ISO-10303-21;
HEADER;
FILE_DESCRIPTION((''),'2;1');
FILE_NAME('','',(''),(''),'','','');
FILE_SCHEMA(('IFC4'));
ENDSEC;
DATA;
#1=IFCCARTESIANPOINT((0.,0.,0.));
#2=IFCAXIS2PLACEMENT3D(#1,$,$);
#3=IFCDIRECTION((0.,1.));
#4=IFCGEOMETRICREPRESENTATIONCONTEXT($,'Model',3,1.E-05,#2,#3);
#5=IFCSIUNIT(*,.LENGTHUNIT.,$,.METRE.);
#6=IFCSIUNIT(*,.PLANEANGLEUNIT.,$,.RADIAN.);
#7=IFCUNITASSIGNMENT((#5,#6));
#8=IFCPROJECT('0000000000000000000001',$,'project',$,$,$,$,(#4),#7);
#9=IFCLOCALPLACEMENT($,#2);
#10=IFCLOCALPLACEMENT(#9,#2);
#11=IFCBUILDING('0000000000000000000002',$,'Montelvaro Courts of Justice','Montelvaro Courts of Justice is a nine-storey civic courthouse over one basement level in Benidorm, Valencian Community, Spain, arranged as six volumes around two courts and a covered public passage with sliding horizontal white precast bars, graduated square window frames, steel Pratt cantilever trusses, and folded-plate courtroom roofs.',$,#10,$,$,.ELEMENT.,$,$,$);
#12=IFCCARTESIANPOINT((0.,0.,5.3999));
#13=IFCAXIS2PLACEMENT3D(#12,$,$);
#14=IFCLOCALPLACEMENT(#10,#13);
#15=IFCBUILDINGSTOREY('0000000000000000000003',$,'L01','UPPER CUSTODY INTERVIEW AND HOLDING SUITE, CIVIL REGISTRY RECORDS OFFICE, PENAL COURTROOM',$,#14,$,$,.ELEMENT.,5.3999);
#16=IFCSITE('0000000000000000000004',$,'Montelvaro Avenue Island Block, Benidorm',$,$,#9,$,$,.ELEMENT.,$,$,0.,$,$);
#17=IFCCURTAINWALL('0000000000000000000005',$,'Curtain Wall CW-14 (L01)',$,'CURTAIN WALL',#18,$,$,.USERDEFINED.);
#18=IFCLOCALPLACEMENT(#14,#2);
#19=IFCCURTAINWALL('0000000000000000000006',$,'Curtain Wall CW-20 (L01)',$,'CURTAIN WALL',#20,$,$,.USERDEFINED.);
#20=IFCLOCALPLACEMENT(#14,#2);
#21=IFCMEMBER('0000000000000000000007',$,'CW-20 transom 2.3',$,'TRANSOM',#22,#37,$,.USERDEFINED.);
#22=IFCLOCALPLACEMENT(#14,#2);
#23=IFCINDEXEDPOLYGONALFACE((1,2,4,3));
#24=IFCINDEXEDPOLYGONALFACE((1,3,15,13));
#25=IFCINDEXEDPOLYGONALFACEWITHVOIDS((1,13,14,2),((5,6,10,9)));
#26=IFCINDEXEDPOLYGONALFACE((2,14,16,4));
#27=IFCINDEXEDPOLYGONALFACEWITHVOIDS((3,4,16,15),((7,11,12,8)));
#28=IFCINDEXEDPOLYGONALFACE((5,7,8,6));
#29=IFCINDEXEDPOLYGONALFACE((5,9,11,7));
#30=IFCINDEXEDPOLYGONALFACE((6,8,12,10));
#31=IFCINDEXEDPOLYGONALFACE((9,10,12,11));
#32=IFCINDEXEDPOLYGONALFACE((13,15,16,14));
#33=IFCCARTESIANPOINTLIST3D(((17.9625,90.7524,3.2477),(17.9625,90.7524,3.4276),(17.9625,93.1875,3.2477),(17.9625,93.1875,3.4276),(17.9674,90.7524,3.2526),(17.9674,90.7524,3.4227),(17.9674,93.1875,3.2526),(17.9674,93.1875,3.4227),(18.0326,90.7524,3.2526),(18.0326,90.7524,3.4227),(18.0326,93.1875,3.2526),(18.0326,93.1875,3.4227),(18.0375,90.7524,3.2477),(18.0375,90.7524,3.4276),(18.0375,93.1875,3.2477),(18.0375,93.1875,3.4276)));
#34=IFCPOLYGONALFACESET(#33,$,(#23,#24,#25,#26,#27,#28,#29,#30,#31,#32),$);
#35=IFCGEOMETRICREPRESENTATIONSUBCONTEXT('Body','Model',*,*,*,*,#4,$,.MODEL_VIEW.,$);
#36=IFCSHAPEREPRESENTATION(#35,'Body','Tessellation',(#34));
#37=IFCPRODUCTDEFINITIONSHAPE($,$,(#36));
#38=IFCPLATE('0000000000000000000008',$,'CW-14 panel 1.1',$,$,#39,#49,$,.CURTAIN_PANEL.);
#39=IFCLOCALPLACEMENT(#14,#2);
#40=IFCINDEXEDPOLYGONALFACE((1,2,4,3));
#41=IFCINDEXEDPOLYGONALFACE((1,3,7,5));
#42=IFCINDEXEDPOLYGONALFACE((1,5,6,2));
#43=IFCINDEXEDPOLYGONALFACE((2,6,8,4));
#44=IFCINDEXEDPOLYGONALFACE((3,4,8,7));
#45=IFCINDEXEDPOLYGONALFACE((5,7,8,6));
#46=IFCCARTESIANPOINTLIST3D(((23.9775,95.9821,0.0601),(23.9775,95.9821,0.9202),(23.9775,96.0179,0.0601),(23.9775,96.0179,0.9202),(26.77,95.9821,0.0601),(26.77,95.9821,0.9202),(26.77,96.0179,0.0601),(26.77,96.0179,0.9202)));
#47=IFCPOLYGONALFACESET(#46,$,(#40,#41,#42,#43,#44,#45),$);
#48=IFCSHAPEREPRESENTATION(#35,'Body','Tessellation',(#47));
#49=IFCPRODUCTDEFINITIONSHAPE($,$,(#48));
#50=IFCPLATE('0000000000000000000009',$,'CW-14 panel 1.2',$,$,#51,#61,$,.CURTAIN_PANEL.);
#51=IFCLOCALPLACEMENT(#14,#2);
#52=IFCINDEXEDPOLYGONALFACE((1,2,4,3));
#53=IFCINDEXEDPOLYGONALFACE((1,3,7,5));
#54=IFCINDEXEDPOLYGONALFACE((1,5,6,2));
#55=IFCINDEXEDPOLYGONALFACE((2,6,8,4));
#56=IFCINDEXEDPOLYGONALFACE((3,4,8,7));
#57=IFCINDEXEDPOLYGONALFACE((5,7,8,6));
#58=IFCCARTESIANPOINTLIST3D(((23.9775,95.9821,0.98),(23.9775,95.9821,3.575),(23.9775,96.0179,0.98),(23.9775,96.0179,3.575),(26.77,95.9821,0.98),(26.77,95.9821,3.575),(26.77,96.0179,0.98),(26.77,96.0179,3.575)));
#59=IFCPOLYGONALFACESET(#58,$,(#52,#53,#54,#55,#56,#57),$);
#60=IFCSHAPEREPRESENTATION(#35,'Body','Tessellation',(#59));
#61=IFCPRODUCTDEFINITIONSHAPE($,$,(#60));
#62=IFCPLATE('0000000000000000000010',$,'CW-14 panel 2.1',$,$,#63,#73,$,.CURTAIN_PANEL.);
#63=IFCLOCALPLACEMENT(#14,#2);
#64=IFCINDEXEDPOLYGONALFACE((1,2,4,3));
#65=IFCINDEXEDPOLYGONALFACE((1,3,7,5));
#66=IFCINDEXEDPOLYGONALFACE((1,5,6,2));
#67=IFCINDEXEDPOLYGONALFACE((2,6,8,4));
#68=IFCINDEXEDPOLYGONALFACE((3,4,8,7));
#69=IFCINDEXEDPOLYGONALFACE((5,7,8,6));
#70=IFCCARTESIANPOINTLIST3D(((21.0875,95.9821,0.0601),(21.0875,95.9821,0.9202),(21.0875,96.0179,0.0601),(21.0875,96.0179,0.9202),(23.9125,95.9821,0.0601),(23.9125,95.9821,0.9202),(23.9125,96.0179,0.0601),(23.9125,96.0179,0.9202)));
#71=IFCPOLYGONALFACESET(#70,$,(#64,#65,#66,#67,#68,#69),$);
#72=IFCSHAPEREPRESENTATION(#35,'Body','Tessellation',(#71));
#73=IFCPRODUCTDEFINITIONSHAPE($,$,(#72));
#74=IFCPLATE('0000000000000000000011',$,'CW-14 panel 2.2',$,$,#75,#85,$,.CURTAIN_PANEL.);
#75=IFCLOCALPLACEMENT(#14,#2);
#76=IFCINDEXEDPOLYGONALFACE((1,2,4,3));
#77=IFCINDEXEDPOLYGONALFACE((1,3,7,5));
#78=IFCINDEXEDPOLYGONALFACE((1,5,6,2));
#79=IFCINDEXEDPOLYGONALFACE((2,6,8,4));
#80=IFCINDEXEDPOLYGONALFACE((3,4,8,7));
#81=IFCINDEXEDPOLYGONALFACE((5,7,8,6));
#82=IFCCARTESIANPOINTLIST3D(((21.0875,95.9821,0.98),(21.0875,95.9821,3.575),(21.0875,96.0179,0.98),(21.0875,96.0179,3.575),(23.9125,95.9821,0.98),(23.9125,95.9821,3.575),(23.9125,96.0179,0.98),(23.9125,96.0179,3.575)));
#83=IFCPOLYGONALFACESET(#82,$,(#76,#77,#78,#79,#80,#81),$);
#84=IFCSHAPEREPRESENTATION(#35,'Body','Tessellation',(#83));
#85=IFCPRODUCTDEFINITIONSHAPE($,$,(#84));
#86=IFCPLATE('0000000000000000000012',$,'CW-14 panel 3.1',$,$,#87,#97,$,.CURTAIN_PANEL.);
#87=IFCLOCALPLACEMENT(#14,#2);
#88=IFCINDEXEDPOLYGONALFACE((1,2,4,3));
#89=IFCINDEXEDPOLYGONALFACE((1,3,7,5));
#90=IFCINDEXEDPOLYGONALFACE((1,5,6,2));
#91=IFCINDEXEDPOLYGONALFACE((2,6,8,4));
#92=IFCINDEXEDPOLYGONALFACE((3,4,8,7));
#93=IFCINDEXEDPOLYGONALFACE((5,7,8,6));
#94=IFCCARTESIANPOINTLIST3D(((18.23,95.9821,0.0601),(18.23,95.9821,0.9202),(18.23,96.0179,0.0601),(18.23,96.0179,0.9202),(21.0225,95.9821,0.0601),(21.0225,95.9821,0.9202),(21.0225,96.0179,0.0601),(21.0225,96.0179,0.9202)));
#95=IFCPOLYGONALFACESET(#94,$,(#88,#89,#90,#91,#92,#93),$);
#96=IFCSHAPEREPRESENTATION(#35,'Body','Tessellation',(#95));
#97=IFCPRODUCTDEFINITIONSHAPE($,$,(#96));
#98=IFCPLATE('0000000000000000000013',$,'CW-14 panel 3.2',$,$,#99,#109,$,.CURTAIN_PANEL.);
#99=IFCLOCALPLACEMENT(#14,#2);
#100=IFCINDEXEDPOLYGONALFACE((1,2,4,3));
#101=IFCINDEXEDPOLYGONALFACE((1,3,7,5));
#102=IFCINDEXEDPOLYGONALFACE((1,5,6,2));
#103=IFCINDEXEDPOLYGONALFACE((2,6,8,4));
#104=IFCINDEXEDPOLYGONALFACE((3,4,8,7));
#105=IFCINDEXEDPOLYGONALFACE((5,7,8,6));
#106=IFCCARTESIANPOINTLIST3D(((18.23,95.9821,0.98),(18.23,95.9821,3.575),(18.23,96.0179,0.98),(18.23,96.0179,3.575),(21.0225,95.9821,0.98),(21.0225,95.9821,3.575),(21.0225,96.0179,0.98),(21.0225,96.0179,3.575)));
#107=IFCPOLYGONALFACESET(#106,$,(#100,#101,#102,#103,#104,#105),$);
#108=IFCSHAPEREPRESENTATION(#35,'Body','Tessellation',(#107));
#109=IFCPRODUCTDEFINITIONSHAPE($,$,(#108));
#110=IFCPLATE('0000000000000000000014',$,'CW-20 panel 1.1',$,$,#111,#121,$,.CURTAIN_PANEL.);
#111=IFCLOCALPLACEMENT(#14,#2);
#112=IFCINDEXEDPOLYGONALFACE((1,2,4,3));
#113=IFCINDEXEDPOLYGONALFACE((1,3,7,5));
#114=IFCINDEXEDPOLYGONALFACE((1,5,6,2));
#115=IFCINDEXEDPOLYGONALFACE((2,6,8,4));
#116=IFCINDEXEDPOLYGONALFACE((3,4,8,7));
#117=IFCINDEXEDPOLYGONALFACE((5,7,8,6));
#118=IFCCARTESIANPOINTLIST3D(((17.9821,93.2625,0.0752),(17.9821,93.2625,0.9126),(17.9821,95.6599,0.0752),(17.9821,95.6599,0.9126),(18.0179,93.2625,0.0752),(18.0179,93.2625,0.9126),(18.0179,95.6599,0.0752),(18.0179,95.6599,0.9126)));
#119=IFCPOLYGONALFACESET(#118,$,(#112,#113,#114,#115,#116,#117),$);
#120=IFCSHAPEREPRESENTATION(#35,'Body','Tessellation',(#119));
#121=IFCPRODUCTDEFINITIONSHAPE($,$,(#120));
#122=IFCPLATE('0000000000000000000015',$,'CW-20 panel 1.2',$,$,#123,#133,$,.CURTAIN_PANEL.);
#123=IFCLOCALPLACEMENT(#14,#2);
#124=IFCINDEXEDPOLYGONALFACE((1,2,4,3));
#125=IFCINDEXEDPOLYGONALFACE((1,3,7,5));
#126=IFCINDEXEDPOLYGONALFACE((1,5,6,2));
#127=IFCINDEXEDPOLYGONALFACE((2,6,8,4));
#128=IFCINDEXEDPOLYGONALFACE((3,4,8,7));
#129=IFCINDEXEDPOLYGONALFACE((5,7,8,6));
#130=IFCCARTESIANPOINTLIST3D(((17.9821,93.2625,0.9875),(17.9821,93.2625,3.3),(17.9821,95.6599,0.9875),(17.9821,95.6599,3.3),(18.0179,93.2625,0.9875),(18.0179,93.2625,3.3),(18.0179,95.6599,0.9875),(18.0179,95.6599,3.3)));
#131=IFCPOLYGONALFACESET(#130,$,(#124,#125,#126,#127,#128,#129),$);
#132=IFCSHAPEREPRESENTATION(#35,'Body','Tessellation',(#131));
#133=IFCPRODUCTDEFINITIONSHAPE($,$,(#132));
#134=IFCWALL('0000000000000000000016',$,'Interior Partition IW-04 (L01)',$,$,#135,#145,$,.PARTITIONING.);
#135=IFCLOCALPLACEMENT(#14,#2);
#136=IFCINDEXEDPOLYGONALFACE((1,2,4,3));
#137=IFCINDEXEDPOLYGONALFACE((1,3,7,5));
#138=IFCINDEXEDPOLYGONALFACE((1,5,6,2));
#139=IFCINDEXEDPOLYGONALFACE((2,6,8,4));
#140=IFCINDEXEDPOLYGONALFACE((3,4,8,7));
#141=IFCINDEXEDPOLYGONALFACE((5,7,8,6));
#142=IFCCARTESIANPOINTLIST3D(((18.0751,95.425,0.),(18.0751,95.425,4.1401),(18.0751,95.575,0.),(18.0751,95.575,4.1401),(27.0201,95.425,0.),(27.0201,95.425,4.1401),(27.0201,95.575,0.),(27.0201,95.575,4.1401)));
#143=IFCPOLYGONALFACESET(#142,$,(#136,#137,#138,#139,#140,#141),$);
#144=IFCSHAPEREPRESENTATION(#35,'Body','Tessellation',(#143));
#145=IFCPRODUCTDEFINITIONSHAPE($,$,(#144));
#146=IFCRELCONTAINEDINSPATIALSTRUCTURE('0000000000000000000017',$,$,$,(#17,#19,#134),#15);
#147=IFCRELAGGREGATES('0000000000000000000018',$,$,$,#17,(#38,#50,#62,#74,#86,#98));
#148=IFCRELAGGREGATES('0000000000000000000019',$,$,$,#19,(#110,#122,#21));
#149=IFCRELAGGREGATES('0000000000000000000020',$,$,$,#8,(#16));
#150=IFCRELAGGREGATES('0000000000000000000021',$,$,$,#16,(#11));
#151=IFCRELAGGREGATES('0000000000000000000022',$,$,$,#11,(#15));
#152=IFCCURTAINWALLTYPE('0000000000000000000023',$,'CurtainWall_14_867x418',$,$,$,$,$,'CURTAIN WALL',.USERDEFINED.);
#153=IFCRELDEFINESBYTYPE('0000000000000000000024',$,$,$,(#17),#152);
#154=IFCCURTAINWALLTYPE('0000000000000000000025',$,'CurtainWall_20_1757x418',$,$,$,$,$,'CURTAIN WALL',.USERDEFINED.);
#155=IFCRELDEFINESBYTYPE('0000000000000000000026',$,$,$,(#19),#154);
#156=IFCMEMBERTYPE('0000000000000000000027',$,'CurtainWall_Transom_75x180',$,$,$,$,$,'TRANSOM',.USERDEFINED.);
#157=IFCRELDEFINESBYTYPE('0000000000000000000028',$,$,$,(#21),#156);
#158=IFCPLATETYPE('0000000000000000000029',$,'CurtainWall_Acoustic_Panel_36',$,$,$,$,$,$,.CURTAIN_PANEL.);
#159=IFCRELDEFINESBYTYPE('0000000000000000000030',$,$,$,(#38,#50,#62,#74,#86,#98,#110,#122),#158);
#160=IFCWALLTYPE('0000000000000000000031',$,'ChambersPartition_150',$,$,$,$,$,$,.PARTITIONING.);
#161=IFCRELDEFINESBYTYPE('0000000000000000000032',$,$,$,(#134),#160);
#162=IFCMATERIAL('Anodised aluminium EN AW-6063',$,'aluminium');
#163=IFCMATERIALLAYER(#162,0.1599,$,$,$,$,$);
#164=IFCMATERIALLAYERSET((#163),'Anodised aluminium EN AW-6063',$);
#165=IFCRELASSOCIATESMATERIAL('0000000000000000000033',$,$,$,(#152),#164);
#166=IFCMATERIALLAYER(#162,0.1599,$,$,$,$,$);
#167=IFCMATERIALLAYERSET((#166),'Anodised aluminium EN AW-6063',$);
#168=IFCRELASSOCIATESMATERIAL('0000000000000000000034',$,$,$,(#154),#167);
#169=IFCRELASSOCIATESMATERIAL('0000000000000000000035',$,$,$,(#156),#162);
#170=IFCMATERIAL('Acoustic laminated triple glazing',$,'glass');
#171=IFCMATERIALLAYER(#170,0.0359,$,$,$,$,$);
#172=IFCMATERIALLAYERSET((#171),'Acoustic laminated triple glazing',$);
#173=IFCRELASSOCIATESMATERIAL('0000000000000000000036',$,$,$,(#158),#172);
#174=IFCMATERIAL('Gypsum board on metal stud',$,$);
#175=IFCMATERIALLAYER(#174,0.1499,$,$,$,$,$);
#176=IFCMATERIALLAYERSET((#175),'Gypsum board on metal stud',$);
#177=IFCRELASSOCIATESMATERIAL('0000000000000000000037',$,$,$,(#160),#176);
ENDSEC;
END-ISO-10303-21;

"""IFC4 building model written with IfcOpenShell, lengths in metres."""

from ifc_helpers import new_model, si_unit, direction, frame, frame_2d, origin, origin_2d, place, context, subcontext, project, spatial, rectangle, hollow_rectangle, extrude, material, layer, layer_set, material_profile, profile_set, type_object, element, aggregate, save


model = new_model("IFC4")

# Units and contexts
model_context = context("Model", 3, precision=1e-05, world=origin(), true_north=direction((0.0, 1.0)))
body_context = subcontext(model_context, "Body", "Model", "MODEL_VIEW")
ifc_project = project(units=[si_unit("LENGTHUNIT", "METRE"), si_unit("PLANEANGLEUNIT", "RADIAN")], contexts=[model_context])

# Site, building, storey
site_placement = place(None, origin())
site = spatial("IfcSite", under=ifc_project, at=site_placement, Name="Montelvaro Avenue Island Block, Benidorm", CompositionType="ELEMENT", RefElevation=0.0)
building_placement = place(site_placement, origin())
building = spatial("IfcBuilding", under=site, at=building_placement, Name="Montelvaro Courts of Justice", Description="Montelvaro Courts of Justice is a nine-storey civic courthouse over one basement level in Benidorm, Valencian Community, Spain, arranged as six volumes around two courts and a covered public passage with sliding horizontal white precast bars, graduated square window frames, steel Pratt cantilever trusses, and folded-plate courtroom roofs.", CompositionType="ELEMENT")
storey_placement = place(building_placement, frame((0.0, 0.0, 5.3999)))
storey = spatial("IfcBuildingStorey", under=building, at=storey_placement, Name="L01", Description="UPPER CUSTODY INTERVIEW AND HOLDING SUITE, CIVIL REGISTRY RECORDS OFFICE, PENAL COURTROOM", CompositionType="ELEMENT", Elevation=5.3999)

# Curtain walls
ifc_material_1 = material(Name="Anodised aluminium EN AW-6063", Category="aluminium")
ifc_layer_1 = layer(ifc_material_1, 0.1599)
ifc_layer_set_1 = layer_set([ifc_layer_1], Name="Anodised aluminium EN AW-6063")
curtain_wall_type_1 = type_object("IfcCurtainWallType", Name="CurtainWall_14_867x418", ElementType="CURTAIN WALL", PredefinedType="USERDEFINED", material=ifc_layer_set_1)
curtain_wall_1_placement = place(storey_placement, origin())
curtain_wall_1 = element("IfcCurtainWall", 1, at=curtain_wall_1_placement, inside=storey, type_object=curtain_wall_type_1, Name="Curtain Wall CW-14 (L01)", ObjectType="CURTAIN WALL", PredefinedType="USERDEFINED")
ifc_layer_2 = layer(ifc_material_1, 0.1599)
ifc_layer_set_2 = layer_set([ifc_layer_2], Name="Anodised aluminium EN AW-6063")
curtain_wall_type_2 = type_object("IfcCurtainWallType", Name="CurtainWall_20_1757x418", ElementType="CURTAIN WALL", PredefinedType="USERDEFINED", material=ifc_layer_set_2)
curtain_wall_2_placement = place(storey_placement, origin())
curtain_wall_2 = element("IfcCurtainWall", 2, at=curtain_wall_2_placement, inside=storey, type_object=curtain_wall_type_2, Name="Curtain Wall CW-20 (L01)", ObjectType="CURTAIN WALL", PredefinedType="USERDEFINED")

# Member
ifc_material_profile_1 = material_profile(ifc_material_1, hollow_rectangle(XDim=0.075, YDim=0.1799, WallThickness=0.0049, at=origin_2d()), Name="ALU-T 75x180")
ifc_profile_set_1 = profile_set([ifc_material_profile_1], Name="Anodised aluminium EN AW-6063")
member_type_1 = type_object("IfcMemberType", Name="CurtainWall_Transom_75x180", ElementType="TRANSOM", PredefinedType="USERDEFINED", material=ifc_profile_set_1)
member_1_placement = place(storey_placement, frame((18.0, 93.1875, 3.3376), z_axis=(0.0, -1.0, 0.0), x_axis=(1.0, 0.0, 0.0)))
member_1 = element("IfcMember", 3, at=member_1_placement, type_object=member_type_1, Name="CW-20 transom 2.3", ObjectType="TRANSOM", PredefinedType="USERDEFINED", context=body_context, shape_type="SweptSolid", body=[
    extrude(hollow_rectangle(XDim=0.075, YDim=0.1799, WallThickness=0.0049, at=origin_2d()), origin(), (0.0, 0.0, 1.0), 2.4351),
])

# Plates
ifc_material_2 = material(Name="Acoustic laminated triple glazing", Category="glass")
ifc_layer_3 = layer(ifc_material_2, 0.0359)
ifc_layer_set_3 = layer_set([ifc_layer_3], Name="Acoustic laminated triple glazing")
plate_type = type_object("IfcPlateType", Name="CurtainWall_Acoustic_Panel_36", PredefinedType="CURTAIN_PANEL", material=ifc_layer_set_3)
plate_1_placement = place(storey_placement, frame((25.3738, 96.0, 0.0601), z_axis=(0.0, 0.0, 1.0), x_axis=(-1.0, 0.0, 0.0)))
plate_1 = element("IfcPlate", 4, at=plate_1_placement, type_object=plate_type, Name="CW-14 panel 1.1", PredefinedType="CURTAIN_PANEL", context=body_context, shape_type="SweptSolid", body=[
    extrude(rectangle(XDim=2.7925, YDim=0.0359, at=origin_2d()), origin(), (0.0, 0.0, 1.0), 0.8601),
])
plate_2_placement = place(storey_placement, frame((25.3738, 96.0, 0.98), z_axis=(0.0, 0.0, 1.0), x_axis=(-1.0, 0.0, 0.0)))
plate_2 = element("IfcPlate", 5, at=plate_2_placement, type_object=plate_type, Name="CW-14 panel 1.2", PredefinedType="CURTAIN_PANEL", context=body_context, shape_type="SweptSolid", body=[
    extrude(rectangle(XDim=2.7925, YDim=0.0359, at=origin_2d()), origin(), (0.0, 0.0, 1.0), 2.595),
])
plate_3_placement = place(storey_placement, frame((22.5, 96.0, 0.0601), z_axis=(0.0, 0.0, 1.0), x_axis=(-1.0, 0.0, 0.0)))
plate_3 = element("IfcPlate", 6, at=plate_3_placement, type_object=plate_type, Name="CW-14 panel 2.1", PredefinedType="CURTAIN_PANEL", context=body_context, shape_type="SweptSolid", body=[
    extrude(rectangle(XDim=2.825, YDim=0.0359, at=origin_2d()), origin(), (0.0, 0.0, 1.0), 0.8601),
])
plate_4_placement = place(storey_placement, frame((22.5, 96.0, 0.98), z_axis=(0.0, 0.0, 1.0), x_axis=(-1.0, 0.0, 0.0)))
plate_4 = element("IfcPlate", 7, at=plate_4_placement, type_object=plate_type, Name="CW-14 panel 2.2", PredefinedType="CURTAIN_PANEL", context=body_context, shape_type="SweptSolid", body=[
    extrude(rectangle(XDim=2.825, YDim=0.0359, at=origin_2d()), origin(), (0.0, 0.0, 1.0), 2.595),
])
plate_5_placement = place(storey_placement, frame((19.6262, 96.0, 0.0601), z_axis=(0.0, 0.0, 1.0), x_axis=(-1.0, 0.0, 0.0)))
plate_5 = element("IfcPlate", 8, at=plate_5_placement, type_object=plate_type, Name="CW-14 panel 3.1", PredefinedType="CURTAIN_PANEL", context=body_context, shape_type="SweptSolid", body=[
    extrude(rectangle(XDim=2.7925, YDim=0.0359, at=origin_2d()), origin(), (0.0, 0.0, 1.0), 0.8601),
])
plate_6_placement = place(storey_placement, frame((19.6262, 96.0, 0.98), z_axis=(0.0, 0.0, 1.0), x_axis=(-1.0, 0.0, 0.0)))
plate_6 = element("IfcPlate", 9, at=plate_6_placement, type_object=plate_type, Name="CW-14 panel 3.2", PredefinedType="CURTAIN_PANEL", context=body_context, shape_type="SweptSolid", body=[
    extrude(rectangle(XDim=2.7925, YDim=0.0359, at=origin_2d()), origin(), (0.0, 0.0, 1.0), 2.595),
])
aggregate(curtain_wall_1, [plate_1, plate_2, plate_3, plate_4, plate_5, plate_6])
plate_7_placement = place(storey_placement, frame((18.0, 94.4612, 0.0752), z_axis=(0.0, 0.0, 1.0), x_axis=(0.0, -1.0, 0.0)))
plate_7 = element("IfcPlate", 10, at=plate_7_placement, type_object=plate_type, Name="CW-20 panel 1.1", PredefinedType="CURTAIN_PANEL", context=body_context, shape_type="SweptSolid", body=[
    extrude(rectangle(XDim=2.3975, YDim=0.0359, at=origin_2d()), origin(), (0.0, 0.0, 1.0), 0.8374),
])
plate_8_placement = place(storey_placement, frame((18.0, 94.4612, 0.9875), z_axis=(0.0, 0.0, 1.0), x_axis=(0.0, -1.0, 0.0)))
plate_8 = element("IfcPlate", 11, at=plate_8_placement, type_object=plate_type, Name="CW-20 panel 1.2", PredefinedType="CURTAIN_PANEL", context=body_context, shape_type="SweptSolid", body=[
    extrude(rectangle(XDim=2.3975, YDim=0.0359, at=origin_2d()), origin(), (0.0, 0.0, 1.0), 2.3125),
])
aggregate(curtain_wall_2, [plate_7, plate_8, member_1])

# Wall
ifc_material_3 = material(Name="Gypsum board on metal stud")
ifc_layer_4 = layer(ifc_material_3, 0.1499)
ifc_layer_set_4 = layer_set([ifc_layer_4], Name="Gypsum board on metal stud")
wall_type = type_object("IfcWallType", Name="ChambersPartition_150", PredefinedType="PARTITIONING", material=ifc_layer_set_4)
wall_placement = place(storey_placement, frame((18.075, 95.5, 0.0), z_axis=(0.0, 0.0, 1.0), x_axis=(1.0, 0.0, 0.0)))
element("IfcWall", 12, at=wall_placement, inside=storey, type_object=wall_type, Name="Interior Partition IW-04 (L01)", PredefinedType="PARTITIONING", context=body_context, shape_type="SweptSolid", body=[
    extrude(rectangle(XDim=8.9451, YDim=0.1499, at=frame_2d((4.4727, 0.0))), origin(), (0.0, 0.0, 1.0), 4.1401),
])

save(model, "model.ifc")
